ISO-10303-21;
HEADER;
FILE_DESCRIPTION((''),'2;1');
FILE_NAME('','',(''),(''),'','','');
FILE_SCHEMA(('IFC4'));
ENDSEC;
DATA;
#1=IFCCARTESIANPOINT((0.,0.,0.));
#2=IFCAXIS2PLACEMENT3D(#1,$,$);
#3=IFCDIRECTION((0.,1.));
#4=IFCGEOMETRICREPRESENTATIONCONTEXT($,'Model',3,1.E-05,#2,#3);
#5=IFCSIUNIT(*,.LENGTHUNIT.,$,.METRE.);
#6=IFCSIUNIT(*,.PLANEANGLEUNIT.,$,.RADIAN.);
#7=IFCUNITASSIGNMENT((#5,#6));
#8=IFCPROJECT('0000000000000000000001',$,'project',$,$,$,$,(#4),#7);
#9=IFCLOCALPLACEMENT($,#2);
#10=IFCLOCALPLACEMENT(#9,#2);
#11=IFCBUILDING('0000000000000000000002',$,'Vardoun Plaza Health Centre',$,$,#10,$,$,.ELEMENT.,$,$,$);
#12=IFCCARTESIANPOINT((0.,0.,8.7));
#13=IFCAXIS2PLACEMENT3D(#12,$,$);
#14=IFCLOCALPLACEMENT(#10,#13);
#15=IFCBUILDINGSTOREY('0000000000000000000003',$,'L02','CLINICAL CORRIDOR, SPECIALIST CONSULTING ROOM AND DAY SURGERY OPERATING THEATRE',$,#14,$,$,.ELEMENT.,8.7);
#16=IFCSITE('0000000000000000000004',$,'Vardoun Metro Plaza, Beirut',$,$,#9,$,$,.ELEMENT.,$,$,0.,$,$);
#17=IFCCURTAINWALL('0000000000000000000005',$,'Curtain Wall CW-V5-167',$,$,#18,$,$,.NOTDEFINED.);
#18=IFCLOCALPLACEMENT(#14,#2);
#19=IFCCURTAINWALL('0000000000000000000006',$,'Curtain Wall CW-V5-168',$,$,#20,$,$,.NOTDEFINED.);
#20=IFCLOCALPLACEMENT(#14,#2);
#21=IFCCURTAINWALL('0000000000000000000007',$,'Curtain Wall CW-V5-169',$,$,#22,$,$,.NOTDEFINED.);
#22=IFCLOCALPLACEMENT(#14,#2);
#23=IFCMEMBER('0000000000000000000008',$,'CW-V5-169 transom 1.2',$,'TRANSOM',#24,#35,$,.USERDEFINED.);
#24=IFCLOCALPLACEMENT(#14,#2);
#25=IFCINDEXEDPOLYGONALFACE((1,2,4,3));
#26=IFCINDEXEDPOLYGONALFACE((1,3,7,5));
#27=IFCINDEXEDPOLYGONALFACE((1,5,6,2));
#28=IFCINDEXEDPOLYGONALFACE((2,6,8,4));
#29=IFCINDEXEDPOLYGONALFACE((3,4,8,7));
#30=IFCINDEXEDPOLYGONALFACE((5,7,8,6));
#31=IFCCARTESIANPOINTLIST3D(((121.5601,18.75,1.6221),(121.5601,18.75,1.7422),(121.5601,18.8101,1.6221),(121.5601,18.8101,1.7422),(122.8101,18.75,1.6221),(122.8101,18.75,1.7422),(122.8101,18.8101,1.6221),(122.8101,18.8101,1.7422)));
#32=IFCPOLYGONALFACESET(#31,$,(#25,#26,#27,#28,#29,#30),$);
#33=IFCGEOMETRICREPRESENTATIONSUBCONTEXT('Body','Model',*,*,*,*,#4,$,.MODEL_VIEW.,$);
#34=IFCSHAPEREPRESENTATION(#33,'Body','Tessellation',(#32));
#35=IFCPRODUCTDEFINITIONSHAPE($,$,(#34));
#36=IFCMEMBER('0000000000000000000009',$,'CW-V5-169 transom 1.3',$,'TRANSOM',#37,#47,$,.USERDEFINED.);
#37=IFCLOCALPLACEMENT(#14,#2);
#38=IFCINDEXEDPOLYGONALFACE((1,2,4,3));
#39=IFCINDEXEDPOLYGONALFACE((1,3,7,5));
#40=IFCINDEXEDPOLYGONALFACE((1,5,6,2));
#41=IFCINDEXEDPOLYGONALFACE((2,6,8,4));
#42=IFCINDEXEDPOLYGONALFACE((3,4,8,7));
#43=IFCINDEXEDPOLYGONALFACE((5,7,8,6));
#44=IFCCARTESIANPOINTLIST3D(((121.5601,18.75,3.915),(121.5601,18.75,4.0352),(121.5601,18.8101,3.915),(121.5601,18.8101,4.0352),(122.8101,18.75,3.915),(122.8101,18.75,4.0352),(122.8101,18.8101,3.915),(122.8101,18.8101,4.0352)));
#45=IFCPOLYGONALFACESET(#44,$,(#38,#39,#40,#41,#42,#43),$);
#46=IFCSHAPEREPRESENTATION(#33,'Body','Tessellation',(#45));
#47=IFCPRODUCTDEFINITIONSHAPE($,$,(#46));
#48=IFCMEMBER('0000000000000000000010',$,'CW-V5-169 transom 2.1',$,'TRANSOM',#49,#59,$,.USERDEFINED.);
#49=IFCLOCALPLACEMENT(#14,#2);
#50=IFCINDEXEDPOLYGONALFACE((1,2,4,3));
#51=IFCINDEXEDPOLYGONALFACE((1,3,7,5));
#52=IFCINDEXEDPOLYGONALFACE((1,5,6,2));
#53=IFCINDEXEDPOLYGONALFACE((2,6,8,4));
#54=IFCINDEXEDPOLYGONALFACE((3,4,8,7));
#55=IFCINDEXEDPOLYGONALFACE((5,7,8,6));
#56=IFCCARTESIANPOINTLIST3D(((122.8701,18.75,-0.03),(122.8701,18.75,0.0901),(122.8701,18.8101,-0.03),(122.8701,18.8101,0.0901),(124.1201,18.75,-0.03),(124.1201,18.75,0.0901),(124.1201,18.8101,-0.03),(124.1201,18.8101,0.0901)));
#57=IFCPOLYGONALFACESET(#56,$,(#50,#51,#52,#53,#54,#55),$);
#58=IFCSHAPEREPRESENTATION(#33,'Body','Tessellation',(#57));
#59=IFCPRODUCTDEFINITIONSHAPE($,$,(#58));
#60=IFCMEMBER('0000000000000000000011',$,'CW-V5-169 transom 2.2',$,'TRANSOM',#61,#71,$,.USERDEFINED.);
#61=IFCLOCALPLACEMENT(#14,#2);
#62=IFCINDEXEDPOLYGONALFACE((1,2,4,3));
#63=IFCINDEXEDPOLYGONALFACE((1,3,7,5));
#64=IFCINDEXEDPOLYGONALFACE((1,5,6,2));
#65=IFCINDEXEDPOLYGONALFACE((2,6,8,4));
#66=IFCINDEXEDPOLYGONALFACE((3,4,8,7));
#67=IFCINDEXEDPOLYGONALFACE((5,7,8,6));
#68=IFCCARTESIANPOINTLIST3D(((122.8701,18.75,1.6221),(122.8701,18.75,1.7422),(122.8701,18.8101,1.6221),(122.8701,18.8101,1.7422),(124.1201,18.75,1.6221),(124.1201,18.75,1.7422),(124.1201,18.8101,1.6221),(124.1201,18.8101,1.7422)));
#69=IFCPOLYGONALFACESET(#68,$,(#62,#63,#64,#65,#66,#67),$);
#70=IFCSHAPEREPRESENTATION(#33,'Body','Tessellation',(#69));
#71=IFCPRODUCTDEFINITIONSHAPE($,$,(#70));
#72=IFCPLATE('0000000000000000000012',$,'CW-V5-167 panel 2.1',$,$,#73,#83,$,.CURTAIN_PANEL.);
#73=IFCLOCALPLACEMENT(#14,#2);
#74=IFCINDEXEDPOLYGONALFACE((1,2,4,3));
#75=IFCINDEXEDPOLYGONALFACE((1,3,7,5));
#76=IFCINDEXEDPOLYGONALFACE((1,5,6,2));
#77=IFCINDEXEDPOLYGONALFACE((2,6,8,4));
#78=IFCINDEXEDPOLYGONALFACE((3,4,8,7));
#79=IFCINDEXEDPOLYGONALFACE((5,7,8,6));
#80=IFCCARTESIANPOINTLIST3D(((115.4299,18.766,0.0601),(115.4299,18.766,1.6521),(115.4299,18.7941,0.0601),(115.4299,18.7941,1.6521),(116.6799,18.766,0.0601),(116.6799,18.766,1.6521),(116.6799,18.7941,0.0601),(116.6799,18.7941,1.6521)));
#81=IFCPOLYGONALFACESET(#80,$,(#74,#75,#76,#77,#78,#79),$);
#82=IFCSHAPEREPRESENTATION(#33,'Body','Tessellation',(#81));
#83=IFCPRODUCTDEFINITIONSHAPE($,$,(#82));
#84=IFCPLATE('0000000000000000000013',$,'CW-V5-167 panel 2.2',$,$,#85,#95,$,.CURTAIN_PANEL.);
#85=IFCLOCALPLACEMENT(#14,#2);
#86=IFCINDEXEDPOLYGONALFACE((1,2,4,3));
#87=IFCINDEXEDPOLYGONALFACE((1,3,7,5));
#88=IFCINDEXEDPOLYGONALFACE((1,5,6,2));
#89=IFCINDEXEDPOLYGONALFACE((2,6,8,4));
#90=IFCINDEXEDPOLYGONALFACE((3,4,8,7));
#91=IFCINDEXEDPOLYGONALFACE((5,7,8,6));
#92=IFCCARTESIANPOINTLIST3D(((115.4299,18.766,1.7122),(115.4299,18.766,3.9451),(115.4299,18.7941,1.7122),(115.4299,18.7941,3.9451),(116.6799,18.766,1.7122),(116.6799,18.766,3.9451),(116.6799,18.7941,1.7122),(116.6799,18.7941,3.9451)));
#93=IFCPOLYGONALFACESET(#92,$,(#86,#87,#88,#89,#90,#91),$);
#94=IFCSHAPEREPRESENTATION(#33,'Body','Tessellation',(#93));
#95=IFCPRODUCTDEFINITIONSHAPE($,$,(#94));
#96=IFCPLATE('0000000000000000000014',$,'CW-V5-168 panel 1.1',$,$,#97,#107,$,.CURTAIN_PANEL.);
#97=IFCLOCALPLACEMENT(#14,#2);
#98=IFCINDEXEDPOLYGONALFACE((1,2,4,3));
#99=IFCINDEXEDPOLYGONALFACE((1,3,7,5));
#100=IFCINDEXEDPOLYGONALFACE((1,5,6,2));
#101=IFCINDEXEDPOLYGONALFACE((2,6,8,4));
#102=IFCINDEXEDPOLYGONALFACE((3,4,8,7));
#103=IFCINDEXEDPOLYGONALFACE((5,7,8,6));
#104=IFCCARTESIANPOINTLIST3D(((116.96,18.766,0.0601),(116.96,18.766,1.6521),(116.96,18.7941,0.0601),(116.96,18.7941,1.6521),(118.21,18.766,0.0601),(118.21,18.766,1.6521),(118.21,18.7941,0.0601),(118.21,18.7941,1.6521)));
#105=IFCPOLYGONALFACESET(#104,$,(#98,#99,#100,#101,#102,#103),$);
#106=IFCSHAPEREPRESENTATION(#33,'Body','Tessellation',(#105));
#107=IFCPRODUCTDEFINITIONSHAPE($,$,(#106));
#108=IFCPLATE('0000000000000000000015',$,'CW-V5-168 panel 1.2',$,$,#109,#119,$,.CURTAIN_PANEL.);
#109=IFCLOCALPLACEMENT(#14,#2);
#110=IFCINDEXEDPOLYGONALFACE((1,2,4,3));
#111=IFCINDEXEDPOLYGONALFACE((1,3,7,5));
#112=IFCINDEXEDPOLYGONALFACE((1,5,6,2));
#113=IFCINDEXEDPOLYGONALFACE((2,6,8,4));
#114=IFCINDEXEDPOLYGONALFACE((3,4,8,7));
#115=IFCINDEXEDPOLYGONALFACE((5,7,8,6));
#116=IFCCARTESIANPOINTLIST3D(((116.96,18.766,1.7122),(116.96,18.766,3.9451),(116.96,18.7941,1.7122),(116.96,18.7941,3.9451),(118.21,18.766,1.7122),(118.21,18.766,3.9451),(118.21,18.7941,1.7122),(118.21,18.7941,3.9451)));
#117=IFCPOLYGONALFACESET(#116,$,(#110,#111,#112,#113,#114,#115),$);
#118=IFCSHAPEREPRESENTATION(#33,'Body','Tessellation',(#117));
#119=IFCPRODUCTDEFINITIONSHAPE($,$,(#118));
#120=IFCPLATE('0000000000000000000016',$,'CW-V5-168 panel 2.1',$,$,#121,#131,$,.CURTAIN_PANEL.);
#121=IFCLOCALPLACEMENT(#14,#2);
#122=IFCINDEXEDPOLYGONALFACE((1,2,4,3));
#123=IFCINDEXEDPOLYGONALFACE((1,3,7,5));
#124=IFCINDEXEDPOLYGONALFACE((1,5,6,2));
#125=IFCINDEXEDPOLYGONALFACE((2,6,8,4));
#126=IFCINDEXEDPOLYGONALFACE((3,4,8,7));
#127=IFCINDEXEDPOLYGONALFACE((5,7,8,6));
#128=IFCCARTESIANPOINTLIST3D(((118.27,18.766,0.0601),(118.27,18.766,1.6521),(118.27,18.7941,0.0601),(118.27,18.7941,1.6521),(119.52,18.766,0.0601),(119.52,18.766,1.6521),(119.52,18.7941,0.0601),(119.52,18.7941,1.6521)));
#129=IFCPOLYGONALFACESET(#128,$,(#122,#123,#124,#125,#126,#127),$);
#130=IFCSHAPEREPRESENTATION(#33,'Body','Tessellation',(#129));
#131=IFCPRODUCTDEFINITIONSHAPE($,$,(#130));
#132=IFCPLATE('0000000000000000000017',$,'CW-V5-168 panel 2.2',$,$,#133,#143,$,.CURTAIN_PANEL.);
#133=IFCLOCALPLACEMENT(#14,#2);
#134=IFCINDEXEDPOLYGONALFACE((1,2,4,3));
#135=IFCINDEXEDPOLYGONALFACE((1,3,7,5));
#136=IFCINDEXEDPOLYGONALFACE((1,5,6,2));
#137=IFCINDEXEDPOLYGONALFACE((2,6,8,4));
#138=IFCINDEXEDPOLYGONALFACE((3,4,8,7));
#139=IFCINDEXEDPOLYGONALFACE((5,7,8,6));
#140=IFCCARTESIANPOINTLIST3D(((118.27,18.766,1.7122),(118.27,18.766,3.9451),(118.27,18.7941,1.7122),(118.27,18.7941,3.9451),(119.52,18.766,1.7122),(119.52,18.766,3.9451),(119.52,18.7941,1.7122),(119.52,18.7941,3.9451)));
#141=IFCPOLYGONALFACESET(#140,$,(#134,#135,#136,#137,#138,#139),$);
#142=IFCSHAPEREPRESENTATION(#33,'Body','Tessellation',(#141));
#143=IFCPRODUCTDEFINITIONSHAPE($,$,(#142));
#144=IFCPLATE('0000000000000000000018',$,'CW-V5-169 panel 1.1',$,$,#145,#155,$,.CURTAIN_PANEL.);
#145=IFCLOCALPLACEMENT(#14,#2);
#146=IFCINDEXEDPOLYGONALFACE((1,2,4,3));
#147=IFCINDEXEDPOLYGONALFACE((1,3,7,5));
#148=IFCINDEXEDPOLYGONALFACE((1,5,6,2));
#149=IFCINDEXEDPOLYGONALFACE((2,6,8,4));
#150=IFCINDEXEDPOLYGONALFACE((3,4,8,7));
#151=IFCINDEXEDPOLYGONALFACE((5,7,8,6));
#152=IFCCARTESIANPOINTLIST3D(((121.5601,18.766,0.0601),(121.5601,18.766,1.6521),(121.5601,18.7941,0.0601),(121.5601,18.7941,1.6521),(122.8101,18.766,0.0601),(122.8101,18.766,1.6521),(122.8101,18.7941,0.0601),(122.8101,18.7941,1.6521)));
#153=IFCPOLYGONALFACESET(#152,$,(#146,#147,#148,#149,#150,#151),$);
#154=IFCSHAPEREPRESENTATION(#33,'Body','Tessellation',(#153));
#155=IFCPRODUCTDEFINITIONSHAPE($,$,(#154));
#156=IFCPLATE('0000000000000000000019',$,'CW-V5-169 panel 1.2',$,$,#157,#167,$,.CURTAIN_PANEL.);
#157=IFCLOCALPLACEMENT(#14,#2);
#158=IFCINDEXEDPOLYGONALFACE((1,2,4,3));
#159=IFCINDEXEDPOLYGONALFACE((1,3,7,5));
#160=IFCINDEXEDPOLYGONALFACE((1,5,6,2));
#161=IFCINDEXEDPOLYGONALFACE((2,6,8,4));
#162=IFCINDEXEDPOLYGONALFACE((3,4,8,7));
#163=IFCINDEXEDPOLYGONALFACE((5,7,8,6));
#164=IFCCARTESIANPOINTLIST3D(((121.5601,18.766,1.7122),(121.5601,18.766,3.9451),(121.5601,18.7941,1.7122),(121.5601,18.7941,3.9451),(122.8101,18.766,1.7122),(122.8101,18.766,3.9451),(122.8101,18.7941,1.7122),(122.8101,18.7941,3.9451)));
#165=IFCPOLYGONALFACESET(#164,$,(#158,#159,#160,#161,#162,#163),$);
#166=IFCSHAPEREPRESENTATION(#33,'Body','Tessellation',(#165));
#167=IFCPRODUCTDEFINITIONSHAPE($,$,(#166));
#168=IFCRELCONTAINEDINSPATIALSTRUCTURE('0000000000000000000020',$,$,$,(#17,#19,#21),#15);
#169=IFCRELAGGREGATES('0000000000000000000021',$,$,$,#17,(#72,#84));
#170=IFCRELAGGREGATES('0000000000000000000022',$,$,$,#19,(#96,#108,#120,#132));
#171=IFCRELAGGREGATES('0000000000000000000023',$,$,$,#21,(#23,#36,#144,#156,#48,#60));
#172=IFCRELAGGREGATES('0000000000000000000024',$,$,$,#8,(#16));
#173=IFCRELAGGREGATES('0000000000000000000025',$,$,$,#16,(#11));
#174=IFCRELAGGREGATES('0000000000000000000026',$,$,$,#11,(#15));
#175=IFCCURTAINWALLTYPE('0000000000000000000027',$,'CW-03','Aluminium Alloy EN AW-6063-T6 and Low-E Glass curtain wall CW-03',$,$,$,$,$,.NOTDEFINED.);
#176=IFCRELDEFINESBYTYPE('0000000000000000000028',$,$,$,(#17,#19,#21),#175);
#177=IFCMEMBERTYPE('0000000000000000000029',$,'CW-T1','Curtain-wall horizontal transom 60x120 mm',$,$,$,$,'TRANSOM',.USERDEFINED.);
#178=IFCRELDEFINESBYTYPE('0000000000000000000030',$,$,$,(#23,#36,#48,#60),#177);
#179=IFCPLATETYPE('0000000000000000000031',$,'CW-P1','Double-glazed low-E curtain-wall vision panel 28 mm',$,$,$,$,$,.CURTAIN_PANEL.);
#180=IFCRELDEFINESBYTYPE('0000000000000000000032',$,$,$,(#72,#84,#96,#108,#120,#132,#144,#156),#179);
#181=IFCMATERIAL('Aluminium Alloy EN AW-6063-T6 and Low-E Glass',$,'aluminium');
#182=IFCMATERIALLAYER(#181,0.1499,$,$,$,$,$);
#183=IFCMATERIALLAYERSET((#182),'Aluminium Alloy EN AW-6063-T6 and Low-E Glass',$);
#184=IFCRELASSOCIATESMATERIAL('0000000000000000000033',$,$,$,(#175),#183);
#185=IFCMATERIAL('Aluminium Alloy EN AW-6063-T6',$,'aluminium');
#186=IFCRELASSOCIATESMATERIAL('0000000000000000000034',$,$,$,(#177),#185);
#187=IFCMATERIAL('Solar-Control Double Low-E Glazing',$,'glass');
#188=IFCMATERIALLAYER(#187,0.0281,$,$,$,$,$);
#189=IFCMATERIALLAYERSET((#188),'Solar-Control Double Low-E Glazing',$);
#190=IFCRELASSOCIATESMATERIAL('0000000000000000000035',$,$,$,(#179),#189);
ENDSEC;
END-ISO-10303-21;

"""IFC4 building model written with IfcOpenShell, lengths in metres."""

from ifc_helpers import new_model, si_unit, direction, frame, origin, origin_2d, place, context, subcontext, project, spatial, rectangle, extrude, material, layer, layer_set, material_profile, profile_set, type_object, element, aggregate, save


model = new_model("IFC4")

# Units and contexts
model_context = context("Model", 3, precision=1e-05, world=origin(), true_north=direction((0.0, 1.0)))
body_context = subcontext(model_context, "Body", "Model", "MODEL_VIEW")
ifc_project = project(units=[si_unit("LENGTHUNIT", "METRE"), si_unit("PLANEANGLEUNIT", "RADIAN")], contexts=[model_context])

# Site, building, storey
site_placement = place(None, origin())
site = spatial("IfcSite", under=ifc_project, at=site_placement, Name="Vardoun Metro Plaza, Beirut", CompositionType="ELEMENT", RefElevation=0.0)
building_placement = place(site_placement, origin())
building = spatial("IfcBuilding", under=site, at=building_placement, Name="Vardoun Plaza Health Centre", CompositionType="ELEMENT")
storey_placement = place(building_placement, frame((0.0, 0.0, 8.7)))
storey = spatial("IfcBuildingStorey", under=building, at=storey_placement, Name="L02", Description="CLINICAL CORRIDOR, SPECIALIST CONSULTING ROOM AND DAY SURGERY OPERATING THEATRE", CompositionType="ELEMENT", Elevation=8.7)

# Curtain wall
ifc_material_1 = material(Name="Aluminium Alloy EN AW-6063-T6 and Low-E Glass", Category="aluminium")
ifc_layer_1 = layer(ifc_material_1, 0.1499)
ifc_layer_set_1 = layer_set([ifc_layer_1], Name="Aluminium Alloy EN AW-6063-T6 and Low-E Glass")
curtain_wall_type = type_object("IfcCurtainWallType", Name="CW-03", Description="Aluminium Alloy EN AW-6063-T6 and Low-E Glass curtain wall CW-03", PredefinedType="NOTDEFINED", material=ifc_layer_set_1)
curtain_wall_1_placement = place(storey_placement, origin())
curtain_wall_1 = element("IfcCurtainWall", 1, at=curtain_wall_1_placement, inside=storey, type_object=curtain_wall_type, Name="Curtain Wall CW-V5-167", PredefinedType="NOTDEFINED")

# Curtain walls
curtain_wall_2_placement = place(storey_placement, origin())
curtain_wall_2 = element("IfcCurtainWall", 2, at=curtain_wall_2_placement, inside=storey, type_object=curtain_wall_type, Name="Curtain Wall CW-V5-168", PredefinedType="NOTDEFINED")
curtain_wall_3_placement = place(storey_placement, origin())
curtain_wall_3 = element("IfcCurtainWall", 3, at=curtain_wall_3_placement, inside=storey, type_object=curtain_wall_type, Name="Curtain Wall CW-V5-169", PredefinedType="NOTDEFINED")

# Members
ifc_material_2 = material(Name="Aluminium Alloy EN AW-6063-T6", Category="aluminium")
ifc_material_profile_1 = material_profile(ifc_material_2, rectangle(XDim=0.0601, YDim=0.1201, at=origin_2d()), Name="CWT 60x120")
ifc_profile_set_1 = profile_set([ifc_material_profile_1], Name="Aluminium Alloy EN AW-6063-T6")
member_type_1 = type_object("IfcMemberType", Name="CW-T1", Description="Curtain-wall horizontal transom 60x120 mm", ElementType="TRANSOM", PredefinedType="USERDEFINED", material=ifc_profile_set_1)
member_1_placement = place(storey_placement, frame((121.5601, 18.78, 1.6821), z_axis=(1.0, 0.0, 0.0), x_axis=(0.0, 1.0, 0.0)))
member_1 = element("IfcMember", 4, at=member_1_placement, type_object=member_type_1, Name="CW-V5-169 transom 1.2", ObjectType="TRANSOM", PredefinedType="USERDEFINED", context=body_context, shape_type="SweptSolid", body=[
    extrude(rectangle(XDim=0.0601, YDim=0.1201, at=origin_2d()), origin(), (0.0, 0.0, 1.0), 1.25),
])
member_2_placement = place(storey_placement, frame((121.5601, 18.78, 3.9751), z_axis=(1.0, 0.0, 0.0), x_axis=(0.0, 1.0, 0.0)))
member_2 = element("IfcMember", 5, at=member_2_placement, type_object=member_type_1, Name="CW-V5-169 transom 1.3", ObjectType="TRANSOM", PredefinedType="USERDEFINED", context=body_context, shape_type="SweptSolid", body=[
    extrude(rectangle(XDim=0.0601, YDim=0.1201, at=origin_2d()), origin(), (0.0, 0.0, 1.0), 1.25),
])
member_3_placement = place(storey_placement, frame((122.8701, 18.78, 0.03), z_axis=(1.0, 0.0, 0.0), x_axis=(0.0, 1.0, 0.0)))
member_3 = element("IfcMember", 6, at=member_3_placement, type_object=member_type_1, Name="CW-V5-169 transom 2.1", ObjectType="TRANSOM", PredefinedType="USERDEFINED", context=body_context, shape_type="SweptSolid", body=[
    extrude(rectangle(XDim=0.0601, YDim=0.1201, at=origin_2d()), origin(), (0.0, 0.0, 1.0), 1.25),
])
member_4_placement = place(storey_placement, frame((122.8701, 18.78, 1.6821), z_axis=(1.0, 0.0, 0.0), x_axis=(0.0, 1.0, 0.0)))
member_4 = element("IfcMember", 7, at=member_4_placement, type_object=member_type_1, Name="CW-V5-169 transom 2.2", ObjectType="TRANSOM", PredefinedType="USERDEFINED", context=body_context, shape_type="SweptSolid", body=[
    extrude(rectangle(XDim=0.0601, YDim=0.1201, at=origin_2d()), origin(), (0.0, 0.0, 1.0), 1.25),
])

# Plates
ifc_material_3 = material(Name="Solar-Control Double Low-E Glazing", Category="glass")
ifc_layer_2 = layer(ifc_material_3, 0.0281)
ifc_layer_set_2 = layer_set([ifc_layer_2], Name="Solar-Control Double Low-E Glazing")
plate_type = type_object("IfcPlateType", Name="CW-P1", Description="Double-glazed low-E curtain-wall vision panel 28 mm", PredefinedType="CURTAIN_PANEL", material=ifc_layer_set_2)
plate_1_placement = place(storey_placement, frame((116.0549, 18.78, 0.0601), z_axis=(0.0, 0.0, 1.0), x_axis=(1.0, 0.0, 0.0)))
plate_1 = element("IfcPlate", 8, at=plate_1_placement, type_object=plate_type, Name="CW-V5-167 panel 2.1", PredefinedType="CURTAIN_PANEL", context=body_context, shape_type="SweptSolid", body=[
    extrude(rectangle(XDim=1.25, YDim=0.0281, at=origin_2d()), origin(), (0.0, 0.0, 1.0), 1.592),
])
plate_2_placement = place(storey_placement, frame((116.0549, 18.78, 1.7122), z_axis=(0.0, 0.0, 1.0), x_axis=(1.0, 0.0, 0.0)))
plate_2 = element("IfcPlate", 9, at=plate_2_placement, type_object=plate_type, Name="CW-V5-167 panel 2.2", PredefinedType="CURTAIN_PANEL", context=body_context, shape_type="SweptSolid", body=[
    extrude(rectangle(XDim=1.25, YDim=0.0281, at=origin_2d()), origin(), (0.0, 0.0, 1.0), 2.2329),
])
aggregate(curtain_wall_1, [plate_1, plate_2])
plate_3_placement = place(storey_placement, frame((117.585, 18.78, 0.0601), z_axis=(0.0, 0.0, 1.0), x_axis=(1.0, 0.0, 0.0)))
plate_3 = element("IfcPlate", 10, at=plate_3_placement, type_object=plate_type, Name="CW-V5-168 panel 1.1", PredefinedType="CURTAIN_PANEL", context=body_context, shape_type="SweptSolid", body=[
    extrude(rectangle(XDim=1.25, YDim=0.0281, at=origin_2d()), origin(), (0.0, 0.0, 1.0), 1.592),
])
plate_4_placement = place(storey_placement, frame((117.585, 18.78, 1.7122), z_axis=(0.0, 0.0, 1.0), x_axis=(1.0, 0.0, 0.0)))
plate_4 = element("IfcPlate", 11, at=plate_4_placement, type_object=plate_type, Name="CW-V5-168 panel 1.2", PredefinedType="CURTAIN_PANEL", context=body_context, shape_type="SweptSolid", body=[
    extrude(rectangle(XDim=1.25, YDim=0.0281, at=origin_2d()), origin(), (0.0, 0.0, 1.0), 2.2329),
])
plate_5_placement = place(storey_placement, frame((118.895, 18.78, 0.0601), z_axis=(0.0, 0.0, 1.0), x_axis=(1.0, 0.0, 0.0)))
plate_5 = element("IfcPlate", 12, at=plate_5_placement, type_object=plate_type, Name="CW-V5-168 panel 2.1", PredefinedType="CURTAIN_PANEL", context=body_context, shape_type="SweptSolid", body=[
    extrude(rectangle(XDim=1.25, YDim=0.0281, at=origin_2d()), origin(), (0.0, 0.0, 1.0), 1.592),
])
plate_6_placement = place(storey_placement, frame((118.895, 18.78, 1.7122), z_axis=(0.0, 0.0, 1.0), x_axis=(1.0, 0.0, 0.0)))
plate_6 = element("IfcPlate", 13, at=plate_6_placement, type_object=plate_type, Name="CW-V5-168 panel 2.2", PredefinedType="CURTAIN_PANEL", context=body_context, shape_type="SweptSolid", body=[
    extrude(rectangle(XDim=1.25, YDim=0.0281, at=origin_2d()), origin(), (0.0, 0.0, 1.0), 2.2329),
])
aggregate(curtain_wall_2, [plate_3, plate_4, plate_5, plate_6])
plate_7_placement = place(storey_placement, frame((122.1851, 18.78, 0.0601), z_axis=(0.0, 0.0, 1.0), x_axis=(1.0, 0.0, 0.0)))
plate_7 = element("IfcPlate", 14, at=plate_7_placement, type_object=plate_type, Name="CW-V5-169 panel 1.1", PredefinedType="CURTAIN_PANEL", context=body_context, shape_type="SweptSolid", body=[
    extrude(rectangle(XDim=1.25, YDim=0.0281, at=origin_2d()), origin(), (0.0, 0.0, 1.0), 1.592),
])
plate_8_placement = place(storey_placement, frame((122.1851, 18.78, 1.7122), z_axis=(0.0, 0.0, 1.0), x_axis=(1.0, 0.0, 0.0)))
plate_8 = element("IfcPlate", 15, at=plate_8_placement, type_object=plate_type, Name="CW-V5-169 panel 1.2", PredefinedType="CURTAIN_PANEL", context=body_context, shape_type="SweptSolid", body=[
    extrude(rectangle(XDim=1.25, YDim=0.0281, at=origin_2d()), origin(), (0.0, 0.0, 1.0), 2.2329),
])
aggregate(curtain_wall_3, [member_1, member_2, plate_7, plate_8, member_3, member_4])

save(model, "model.ifc")
